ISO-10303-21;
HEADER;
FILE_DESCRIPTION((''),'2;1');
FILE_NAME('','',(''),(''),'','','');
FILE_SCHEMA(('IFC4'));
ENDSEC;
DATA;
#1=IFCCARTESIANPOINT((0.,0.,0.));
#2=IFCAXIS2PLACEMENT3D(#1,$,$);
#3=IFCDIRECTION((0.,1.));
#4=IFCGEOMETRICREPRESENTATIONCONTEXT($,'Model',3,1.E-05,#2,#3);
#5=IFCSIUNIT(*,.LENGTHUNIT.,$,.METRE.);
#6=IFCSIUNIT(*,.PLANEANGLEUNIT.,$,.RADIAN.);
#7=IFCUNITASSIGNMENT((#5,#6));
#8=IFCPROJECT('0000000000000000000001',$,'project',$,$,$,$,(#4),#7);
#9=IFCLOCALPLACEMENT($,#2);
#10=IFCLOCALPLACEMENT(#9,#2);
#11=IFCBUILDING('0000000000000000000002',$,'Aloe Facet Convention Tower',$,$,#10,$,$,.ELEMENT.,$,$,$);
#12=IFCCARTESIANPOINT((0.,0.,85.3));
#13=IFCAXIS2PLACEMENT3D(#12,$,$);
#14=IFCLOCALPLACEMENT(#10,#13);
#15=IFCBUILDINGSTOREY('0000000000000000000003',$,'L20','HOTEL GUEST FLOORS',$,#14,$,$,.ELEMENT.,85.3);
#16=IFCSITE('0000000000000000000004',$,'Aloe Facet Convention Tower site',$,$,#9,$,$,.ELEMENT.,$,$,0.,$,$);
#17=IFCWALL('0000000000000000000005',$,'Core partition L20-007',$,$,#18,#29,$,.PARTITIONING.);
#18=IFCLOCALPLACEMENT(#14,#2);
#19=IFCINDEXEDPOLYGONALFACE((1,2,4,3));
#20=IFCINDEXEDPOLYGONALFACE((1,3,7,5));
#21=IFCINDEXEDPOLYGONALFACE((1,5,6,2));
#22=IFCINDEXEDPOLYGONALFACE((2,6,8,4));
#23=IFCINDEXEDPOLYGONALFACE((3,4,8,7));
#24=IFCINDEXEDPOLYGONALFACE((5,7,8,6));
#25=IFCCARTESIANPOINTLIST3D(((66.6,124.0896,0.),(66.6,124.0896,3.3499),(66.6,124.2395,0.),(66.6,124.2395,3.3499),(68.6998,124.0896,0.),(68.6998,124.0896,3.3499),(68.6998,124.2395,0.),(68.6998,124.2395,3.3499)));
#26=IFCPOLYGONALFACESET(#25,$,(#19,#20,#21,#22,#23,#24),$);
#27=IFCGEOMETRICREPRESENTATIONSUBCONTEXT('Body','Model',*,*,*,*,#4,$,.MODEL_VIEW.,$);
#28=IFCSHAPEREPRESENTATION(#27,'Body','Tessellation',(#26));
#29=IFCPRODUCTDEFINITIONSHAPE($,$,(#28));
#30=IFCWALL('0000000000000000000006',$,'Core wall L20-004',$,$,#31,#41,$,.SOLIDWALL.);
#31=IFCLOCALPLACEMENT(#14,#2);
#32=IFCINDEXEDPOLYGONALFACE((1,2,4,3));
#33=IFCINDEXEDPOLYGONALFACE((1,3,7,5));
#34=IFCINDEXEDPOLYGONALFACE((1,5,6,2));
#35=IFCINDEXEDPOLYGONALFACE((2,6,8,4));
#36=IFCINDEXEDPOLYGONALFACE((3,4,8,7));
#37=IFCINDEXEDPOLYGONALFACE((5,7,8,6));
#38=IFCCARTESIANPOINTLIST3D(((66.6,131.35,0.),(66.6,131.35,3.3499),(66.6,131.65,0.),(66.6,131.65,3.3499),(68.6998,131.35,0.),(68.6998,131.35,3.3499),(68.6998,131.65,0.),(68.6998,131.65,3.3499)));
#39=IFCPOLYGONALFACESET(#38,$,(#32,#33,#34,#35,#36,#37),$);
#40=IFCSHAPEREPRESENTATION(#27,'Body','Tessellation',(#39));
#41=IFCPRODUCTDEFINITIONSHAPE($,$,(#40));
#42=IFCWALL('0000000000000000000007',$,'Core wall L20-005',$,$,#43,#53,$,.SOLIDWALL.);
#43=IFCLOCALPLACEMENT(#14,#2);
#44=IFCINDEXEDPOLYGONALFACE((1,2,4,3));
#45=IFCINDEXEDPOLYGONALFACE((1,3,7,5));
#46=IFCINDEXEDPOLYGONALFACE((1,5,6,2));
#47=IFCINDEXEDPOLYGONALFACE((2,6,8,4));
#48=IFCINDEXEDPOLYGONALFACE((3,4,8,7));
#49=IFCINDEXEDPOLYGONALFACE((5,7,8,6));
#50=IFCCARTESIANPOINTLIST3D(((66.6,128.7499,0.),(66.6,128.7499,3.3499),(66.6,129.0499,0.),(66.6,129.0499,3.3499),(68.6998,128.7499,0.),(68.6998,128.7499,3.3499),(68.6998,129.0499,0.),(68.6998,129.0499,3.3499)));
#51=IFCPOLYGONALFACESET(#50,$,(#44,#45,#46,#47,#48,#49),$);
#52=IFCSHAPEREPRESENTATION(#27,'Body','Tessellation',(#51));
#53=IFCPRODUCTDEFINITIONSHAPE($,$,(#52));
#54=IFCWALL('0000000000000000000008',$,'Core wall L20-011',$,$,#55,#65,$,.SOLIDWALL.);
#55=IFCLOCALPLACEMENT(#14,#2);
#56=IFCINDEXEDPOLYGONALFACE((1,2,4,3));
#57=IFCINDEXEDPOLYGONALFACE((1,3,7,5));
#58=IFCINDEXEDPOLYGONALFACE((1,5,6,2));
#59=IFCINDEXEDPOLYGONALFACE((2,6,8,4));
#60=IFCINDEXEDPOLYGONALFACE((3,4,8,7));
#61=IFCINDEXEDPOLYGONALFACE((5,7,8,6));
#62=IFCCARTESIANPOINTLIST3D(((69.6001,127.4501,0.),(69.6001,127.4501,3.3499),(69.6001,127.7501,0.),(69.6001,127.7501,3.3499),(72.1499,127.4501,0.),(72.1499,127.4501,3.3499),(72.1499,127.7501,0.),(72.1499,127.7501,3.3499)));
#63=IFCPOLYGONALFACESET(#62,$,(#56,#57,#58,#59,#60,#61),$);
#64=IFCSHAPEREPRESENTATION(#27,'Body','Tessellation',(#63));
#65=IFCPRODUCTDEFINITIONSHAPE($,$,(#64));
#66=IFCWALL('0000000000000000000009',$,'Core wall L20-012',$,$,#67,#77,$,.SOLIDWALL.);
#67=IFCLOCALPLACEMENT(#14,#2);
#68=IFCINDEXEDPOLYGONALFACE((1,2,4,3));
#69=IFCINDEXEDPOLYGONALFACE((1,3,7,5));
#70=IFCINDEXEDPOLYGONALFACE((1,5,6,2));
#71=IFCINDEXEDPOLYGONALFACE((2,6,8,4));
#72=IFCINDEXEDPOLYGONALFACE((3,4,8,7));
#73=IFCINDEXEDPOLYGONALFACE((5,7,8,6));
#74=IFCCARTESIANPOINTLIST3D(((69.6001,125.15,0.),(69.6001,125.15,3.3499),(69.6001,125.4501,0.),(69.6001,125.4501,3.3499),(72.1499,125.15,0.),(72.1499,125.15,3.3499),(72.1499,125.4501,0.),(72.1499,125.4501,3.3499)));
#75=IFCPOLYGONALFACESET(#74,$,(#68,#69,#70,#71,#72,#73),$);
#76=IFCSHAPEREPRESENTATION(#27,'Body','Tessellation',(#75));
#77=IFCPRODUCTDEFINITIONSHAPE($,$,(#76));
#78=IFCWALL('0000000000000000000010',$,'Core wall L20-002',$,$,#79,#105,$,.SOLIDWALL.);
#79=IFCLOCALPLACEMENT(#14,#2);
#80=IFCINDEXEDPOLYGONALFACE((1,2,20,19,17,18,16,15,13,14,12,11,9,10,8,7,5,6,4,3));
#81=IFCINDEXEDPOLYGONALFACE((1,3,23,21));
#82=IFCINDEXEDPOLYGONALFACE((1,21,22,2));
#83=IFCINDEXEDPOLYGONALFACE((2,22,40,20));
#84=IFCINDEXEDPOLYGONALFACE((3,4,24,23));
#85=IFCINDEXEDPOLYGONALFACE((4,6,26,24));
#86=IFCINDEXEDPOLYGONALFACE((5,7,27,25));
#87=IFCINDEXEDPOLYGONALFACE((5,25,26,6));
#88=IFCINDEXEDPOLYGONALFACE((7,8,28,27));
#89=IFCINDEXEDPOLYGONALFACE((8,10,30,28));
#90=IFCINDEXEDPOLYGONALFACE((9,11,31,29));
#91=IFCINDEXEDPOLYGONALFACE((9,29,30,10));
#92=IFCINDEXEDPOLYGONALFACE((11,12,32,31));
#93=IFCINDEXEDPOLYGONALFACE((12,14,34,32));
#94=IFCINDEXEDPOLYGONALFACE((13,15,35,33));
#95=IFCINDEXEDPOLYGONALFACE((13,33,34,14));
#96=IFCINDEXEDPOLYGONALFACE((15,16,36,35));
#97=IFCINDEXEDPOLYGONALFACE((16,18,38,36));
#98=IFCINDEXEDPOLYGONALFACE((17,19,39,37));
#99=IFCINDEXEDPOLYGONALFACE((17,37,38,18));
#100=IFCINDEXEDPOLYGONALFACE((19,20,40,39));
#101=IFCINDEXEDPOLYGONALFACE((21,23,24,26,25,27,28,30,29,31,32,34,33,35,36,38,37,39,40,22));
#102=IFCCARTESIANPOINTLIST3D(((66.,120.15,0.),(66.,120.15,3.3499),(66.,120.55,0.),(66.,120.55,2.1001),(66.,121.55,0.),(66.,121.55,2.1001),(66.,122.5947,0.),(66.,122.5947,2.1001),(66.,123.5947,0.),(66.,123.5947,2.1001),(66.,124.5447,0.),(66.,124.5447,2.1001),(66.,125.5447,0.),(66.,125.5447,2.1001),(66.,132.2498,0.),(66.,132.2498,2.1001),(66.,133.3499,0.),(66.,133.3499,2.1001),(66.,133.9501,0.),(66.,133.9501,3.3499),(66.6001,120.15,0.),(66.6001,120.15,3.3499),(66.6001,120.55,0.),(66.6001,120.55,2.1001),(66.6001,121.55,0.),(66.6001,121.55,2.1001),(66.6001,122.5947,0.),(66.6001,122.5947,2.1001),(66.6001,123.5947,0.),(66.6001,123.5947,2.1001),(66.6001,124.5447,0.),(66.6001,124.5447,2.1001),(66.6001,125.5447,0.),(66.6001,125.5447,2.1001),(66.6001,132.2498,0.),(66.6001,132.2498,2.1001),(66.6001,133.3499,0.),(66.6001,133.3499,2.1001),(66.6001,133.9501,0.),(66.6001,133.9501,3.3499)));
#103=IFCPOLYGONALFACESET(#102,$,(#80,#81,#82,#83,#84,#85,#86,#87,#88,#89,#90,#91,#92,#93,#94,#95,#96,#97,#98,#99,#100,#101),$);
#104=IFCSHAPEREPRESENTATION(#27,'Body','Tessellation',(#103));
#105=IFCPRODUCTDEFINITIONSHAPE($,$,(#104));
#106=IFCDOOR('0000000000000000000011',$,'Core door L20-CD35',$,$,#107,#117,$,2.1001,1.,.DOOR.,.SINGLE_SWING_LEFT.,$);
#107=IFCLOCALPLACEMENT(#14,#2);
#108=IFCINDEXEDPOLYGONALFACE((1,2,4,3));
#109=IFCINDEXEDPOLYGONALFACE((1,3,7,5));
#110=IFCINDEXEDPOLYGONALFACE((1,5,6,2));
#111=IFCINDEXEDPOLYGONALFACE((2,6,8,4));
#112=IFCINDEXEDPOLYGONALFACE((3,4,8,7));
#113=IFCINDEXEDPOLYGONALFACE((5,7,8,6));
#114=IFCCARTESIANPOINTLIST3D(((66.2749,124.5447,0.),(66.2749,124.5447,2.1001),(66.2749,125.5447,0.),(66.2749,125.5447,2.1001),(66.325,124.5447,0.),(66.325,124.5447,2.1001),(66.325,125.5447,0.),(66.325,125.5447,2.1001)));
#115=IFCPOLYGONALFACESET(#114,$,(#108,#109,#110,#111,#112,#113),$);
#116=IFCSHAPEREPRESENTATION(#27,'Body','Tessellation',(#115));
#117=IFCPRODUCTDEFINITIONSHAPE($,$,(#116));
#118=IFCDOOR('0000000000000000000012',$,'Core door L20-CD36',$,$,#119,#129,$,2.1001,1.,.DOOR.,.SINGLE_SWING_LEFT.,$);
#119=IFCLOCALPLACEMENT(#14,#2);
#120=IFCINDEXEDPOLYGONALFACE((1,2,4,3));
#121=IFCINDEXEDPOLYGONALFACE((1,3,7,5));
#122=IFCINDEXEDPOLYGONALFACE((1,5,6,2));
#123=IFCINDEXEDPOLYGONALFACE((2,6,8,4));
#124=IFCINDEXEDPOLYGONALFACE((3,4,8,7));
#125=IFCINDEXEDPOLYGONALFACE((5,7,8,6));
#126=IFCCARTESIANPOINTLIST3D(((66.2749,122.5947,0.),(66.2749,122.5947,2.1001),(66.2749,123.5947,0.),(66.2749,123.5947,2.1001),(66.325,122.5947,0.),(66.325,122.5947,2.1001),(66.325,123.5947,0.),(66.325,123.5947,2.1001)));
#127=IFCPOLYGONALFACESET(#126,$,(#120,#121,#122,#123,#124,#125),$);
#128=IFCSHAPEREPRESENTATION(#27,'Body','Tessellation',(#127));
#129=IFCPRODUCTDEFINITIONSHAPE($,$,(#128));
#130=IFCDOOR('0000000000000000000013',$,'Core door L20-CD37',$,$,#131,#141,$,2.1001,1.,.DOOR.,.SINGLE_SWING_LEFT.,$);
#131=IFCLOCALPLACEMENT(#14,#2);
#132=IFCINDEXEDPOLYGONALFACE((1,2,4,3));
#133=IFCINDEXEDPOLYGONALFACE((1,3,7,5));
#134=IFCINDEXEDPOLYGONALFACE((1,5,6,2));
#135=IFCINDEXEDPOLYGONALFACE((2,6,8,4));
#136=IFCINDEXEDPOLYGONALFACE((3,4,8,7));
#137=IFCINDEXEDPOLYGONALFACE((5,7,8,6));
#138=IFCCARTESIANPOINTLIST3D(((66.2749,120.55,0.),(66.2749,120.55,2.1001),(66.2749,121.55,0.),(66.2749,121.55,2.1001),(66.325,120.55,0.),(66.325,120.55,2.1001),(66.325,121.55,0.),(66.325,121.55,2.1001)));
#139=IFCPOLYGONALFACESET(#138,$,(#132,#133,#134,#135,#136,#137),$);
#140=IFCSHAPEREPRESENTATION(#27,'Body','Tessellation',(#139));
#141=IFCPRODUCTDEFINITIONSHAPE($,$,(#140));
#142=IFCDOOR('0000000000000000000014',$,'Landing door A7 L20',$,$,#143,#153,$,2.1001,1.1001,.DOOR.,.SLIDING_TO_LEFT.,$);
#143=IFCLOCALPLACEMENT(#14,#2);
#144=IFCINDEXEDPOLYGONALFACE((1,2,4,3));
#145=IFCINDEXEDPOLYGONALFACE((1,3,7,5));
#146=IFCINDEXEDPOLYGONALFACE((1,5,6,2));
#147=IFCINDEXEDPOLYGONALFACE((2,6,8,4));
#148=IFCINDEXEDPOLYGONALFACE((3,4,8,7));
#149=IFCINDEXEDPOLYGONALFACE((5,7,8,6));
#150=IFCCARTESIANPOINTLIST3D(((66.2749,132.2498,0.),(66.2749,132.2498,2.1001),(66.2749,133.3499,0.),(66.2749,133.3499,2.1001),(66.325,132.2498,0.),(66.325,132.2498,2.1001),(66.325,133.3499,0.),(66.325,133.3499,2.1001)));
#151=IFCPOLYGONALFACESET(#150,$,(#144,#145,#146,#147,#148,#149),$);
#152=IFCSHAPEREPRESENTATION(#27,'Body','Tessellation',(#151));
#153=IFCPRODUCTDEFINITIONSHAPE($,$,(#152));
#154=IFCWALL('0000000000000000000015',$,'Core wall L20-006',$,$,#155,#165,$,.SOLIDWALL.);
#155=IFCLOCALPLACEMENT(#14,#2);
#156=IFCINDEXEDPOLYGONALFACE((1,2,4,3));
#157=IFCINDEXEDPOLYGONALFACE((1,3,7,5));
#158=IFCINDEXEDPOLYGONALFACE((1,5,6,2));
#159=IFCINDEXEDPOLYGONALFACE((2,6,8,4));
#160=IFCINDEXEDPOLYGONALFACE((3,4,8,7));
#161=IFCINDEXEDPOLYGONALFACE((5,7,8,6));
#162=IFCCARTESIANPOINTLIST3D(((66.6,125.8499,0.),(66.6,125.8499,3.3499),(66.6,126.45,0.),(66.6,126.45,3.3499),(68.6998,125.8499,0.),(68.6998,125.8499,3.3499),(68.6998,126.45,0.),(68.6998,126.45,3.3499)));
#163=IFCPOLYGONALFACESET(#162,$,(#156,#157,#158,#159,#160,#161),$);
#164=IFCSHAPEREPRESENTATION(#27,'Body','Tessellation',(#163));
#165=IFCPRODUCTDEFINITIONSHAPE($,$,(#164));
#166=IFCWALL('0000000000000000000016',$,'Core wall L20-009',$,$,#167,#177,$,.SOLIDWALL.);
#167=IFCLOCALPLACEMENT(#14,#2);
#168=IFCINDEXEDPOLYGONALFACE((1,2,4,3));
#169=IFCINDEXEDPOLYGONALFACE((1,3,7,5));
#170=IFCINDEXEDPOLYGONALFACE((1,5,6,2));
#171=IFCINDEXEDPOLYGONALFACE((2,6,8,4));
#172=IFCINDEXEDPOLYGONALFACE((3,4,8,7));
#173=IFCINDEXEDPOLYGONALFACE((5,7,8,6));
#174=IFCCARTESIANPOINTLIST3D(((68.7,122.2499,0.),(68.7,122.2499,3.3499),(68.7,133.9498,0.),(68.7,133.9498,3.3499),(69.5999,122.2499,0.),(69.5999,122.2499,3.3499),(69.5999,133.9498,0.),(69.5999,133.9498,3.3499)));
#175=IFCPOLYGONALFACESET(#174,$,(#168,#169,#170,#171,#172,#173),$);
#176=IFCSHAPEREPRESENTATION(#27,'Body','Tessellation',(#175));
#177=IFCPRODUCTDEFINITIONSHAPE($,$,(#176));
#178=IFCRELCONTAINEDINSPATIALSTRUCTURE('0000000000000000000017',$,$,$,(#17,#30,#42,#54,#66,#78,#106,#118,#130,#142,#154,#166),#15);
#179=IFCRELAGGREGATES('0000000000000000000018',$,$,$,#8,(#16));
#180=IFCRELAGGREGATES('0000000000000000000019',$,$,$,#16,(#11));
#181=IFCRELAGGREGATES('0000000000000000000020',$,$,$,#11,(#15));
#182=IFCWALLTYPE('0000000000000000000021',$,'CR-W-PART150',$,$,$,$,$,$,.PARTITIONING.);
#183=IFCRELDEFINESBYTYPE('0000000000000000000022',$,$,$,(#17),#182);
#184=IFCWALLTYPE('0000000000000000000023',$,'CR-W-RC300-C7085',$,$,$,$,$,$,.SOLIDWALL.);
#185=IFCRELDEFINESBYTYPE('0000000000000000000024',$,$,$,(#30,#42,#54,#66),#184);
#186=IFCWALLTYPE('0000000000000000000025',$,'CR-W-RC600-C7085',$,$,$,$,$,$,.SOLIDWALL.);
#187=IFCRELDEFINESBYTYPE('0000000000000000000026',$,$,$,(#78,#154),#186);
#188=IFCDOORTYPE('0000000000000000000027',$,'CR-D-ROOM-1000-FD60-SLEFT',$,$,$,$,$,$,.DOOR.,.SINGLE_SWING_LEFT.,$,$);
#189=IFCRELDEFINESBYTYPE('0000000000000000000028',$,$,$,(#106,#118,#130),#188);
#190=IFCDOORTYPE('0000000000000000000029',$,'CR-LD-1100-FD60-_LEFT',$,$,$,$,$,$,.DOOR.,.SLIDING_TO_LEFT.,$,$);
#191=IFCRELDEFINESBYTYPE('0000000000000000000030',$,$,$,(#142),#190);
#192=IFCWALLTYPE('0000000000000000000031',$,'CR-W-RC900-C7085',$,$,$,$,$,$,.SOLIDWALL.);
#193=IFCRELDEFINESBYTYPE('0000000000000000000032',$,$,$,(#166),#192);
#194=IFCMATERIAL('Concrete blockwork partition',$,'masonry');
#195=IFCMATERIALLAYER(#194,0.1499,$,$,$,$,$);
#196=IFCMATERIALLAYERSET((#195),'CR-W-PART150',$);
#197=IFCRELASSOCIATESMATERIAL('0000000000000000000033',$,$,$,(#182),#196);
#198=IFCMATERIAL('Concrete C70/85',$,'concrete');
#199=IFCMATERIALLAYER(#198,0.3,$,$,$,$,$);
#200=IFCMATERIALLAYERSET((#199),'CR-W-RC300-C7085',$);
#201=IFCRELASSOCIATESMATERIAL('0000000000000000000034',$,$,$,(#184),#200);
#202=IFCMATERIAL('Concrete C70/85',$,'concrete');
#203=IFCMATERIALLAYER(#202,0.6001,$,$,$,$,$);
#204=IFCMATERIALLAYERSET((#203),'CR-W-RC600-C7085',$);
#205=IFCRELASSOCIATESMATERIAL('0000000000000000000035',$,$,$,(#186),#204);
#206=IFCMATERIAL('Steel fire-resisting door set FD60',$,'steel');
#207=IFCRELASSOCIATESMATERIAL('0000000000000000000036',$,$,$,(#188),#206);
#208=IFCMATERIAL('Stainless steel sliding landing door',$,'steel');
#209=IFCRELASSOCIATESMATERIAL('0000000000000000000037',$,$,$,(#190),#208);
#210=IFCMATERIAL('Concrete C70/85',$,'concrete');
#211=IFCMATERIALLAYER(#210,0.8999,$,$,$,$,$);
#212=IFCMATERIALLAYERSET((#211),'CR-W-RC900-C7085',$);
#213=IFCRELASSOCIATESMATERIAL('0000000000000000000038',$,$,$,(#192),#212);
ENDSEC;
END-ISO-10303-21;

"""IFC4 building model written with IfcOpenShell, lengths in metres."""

from ifc_helpers import new_model, si_unit, direction, frame, frame_2d, origin, place, context, subcontext, project, spatial, rectangle, extrude, material, layer, layer_set, type_object, element, fill, save


model = new_model("IFC4")

# Units and contexts
model_context = context("Model", 3, precision=1e-05, world=origin(), true_north=direction((0.0, 1.0)))
body_context = subcontext(model_context, "Body", "Model", "MODEL_VIEW")
ifc_project = project(units=[si_unit("LENGTHUNIT", "METRE"), si_unit("PLANEANGLEUNIT", "RADIAN")], contexts=[model_context])

# Site, building, storey
site_placement = place(None, origin())
site = spatial("IfcSite", under=ifc_project, at=site_placement, Name="Aloe Facet Convention Tower site", CompositionType="ELEMENT", RefElevation=0.0)
building_placement = place(site_placement, origin())
building = spatial("IfcBuilding", under=site, at=building_placement, Name="Aloe Facet Convention Tower", CompositionType="ELEMENT")
storey_placement = place(building_placement, frame((0.0, 0.0, 85.3)))
storey = spatial("IfcBuildingStorey", under=building, at=storey_placement, Name="L20", Description="HOTEL GUEST FLOORS", CompositionType="ELEMENT", Elevation=85.3)

# Walls
ifc_material_1 = material(Name="Concrete blockwork partition", Category="masonry")
ifc_layer_1 = layer(ifc_material_1, 0.1499)
ifc_layer_set_1 = layer_set([ifc_layer_1], Name="CR-W-PART150")
wall_type_1 = type_object("IfcWallType", Name="CR-W-PART150", PredefinedType="PARTITIONING", material=ifc_layer_set_1)
wall_1_placement = place(storey_placement, frame((66.6001, 124.1646, 0.0), z_axis=(0.0, 0.0, 1.0), x_axis=(1.0, 0.0, 0.0)))
element("IfcWall", 1, at=wall_1_placement, inside=storey, type_object=wall_type_1, Name="Core partition L20-007", PredefinedType="PARTITIONING", context=body_context, shape_type="SweptSolid", body=[
    extrude(rectangle(XDim=2.0999, YDim=0.1499, at=frame_2d((1.0498, 0.0))), origin(), (0.0, 0.0, 1.0), 3.3499),
])
ifc_material_2 = material(Name="Concrete C70/85", Category="concrete")
ifc_layer_2 = layer(ifc_material_2, 0.3)
ifc_layer_set_2 = layer_set([ifc_layer_2], Name="CR-W-RC300-C7085")
wall_type_2 = type_object("IfcWallType", Name="CR-W-RC300-C7085", PredefinedType="SOLIDWALL", material=ifc_layer_set_2)
for number, where, z_axis, x_axis, name in (
    (2, (66.6001, 131.5, 0.0), (0.0, 0.0, 1.0), (1.0, 0.0, 0.0), "Core wall L20-004"),
    (3, (66.6001, 128.8999, 0.0), (0.0, 0.0, 1.0), (1.0, 0.0, 0.0), "Core wall L20-005"),
):
    element("IfcWall", number, at=place(storey_placement, frame(where, z_axis=z_axis, x_axis=x_axis)), inside=storey, type_object=wall_type_2, Name=name, PredefinedType="SOLIDWALL", context=body_context, shape_type="SweptSolid", body=[
        extrude(rectangle(XDim=2.0999, YDim=0.3, at=frame_2d((1.0498, 0.0))), origin(), (0.0, 0.0, 1.0), 3.3499),
    ])
for number, where, z_axis, x_axis, name in (
    (4, (69.6001, 127.6001, 0.0), (0.0, 0.0, 1.0), (1.0, 0.0, 0.0), "Core wall L20-011"),
    (5, (69.6001, 125.3, 0.0), (0.0, 0.0, 1.0), (1.0, 0.0, 0.0), "Core wall L20-012"),
):
    element("IfcWall", number, at=place(storey_placement, frame(where, z_axis=z_axis, x_axis=x_axis)), inside=storey, type_object=wall_type_2, Name=name, PredefinedType="SOLIDWALL", context=body_context, shape_type="SweptSolid", body=[
        extrude(rectangle(XDim=2.5498, YDim=0.3, at=frame_2d((1.2749, 0.0))), origin(), (0.0, 0.0, 1.0), 3.3499),
    ])

# Wall, openings, doors
ifc_material_3 = material(Name="Concrete C70/85", Category="concrete")
ifc_layer_3 = layer(ifc_material_3, 0.6001)
ifc_layer_set_3 = layer_set([ifc_layer_3], Name="CR-W-RC600-C7085")
wall_type_3 = type_object("IfcWallType", Name="CR-W-RC600-C7085", PredefinedType="SOLIDWALL", material=ifc_layer_set_3)
wall_2_placement = place(storey_placement, frame((66.3, 133.95, 0.0), z_axis=(0.0, 0.0, 1.0), x_axis=(0.0, -1.0, 0.0)))
wall_2 = element("IfcWall", 6, at=wall_2_placement, inside=storey, type_object=wall_type_3, Name="Core wall L20-002", PredefinedType="SOLIDWALL", context=body_context, shape_type="SweptSolid", body=[
    extrude(rectangle(XDim=13.8, YDim=0.6001, at=frame_2d((6.8999, 0.0))), origin(), (0.0, 0.0, 1.0), 3.3499),
])
opening_1_placement = place(wall_2_placement, frame((0.6001, 0.0, 0.0)))
opening_1 = element("IfcOpeningElement", 7, at=opening_1_placement, cuts=wall_2, PredefinedType="OPENING", context=body_context, shape_type="SweptSolid", body=[
    extrude(rectangle(XDim=1.1001, YDim=2.1001, at=frame_2d((0.55, 1.05))), frame((0.0, 0.3101, 0.0), z_axis=(0.0, -1.0, 0.0), x_axis=(1.0, 0.0, 0.0)), (0.0, 0.0, 1.0), 0.6201),
])
opening_2_placement = place(wall_2_placement, frame((8.4053, 0.0, 0.0)))
opening_2 = element("IfcOpeningElement", 8, at=opening_2_placement, cuts=wall_2, PredefinedType="OPENING", context=body_context, shape_type="SweptSolid", body=[
    extrude(rectangle(XDim=1.0, YDim=2.1001, at=frame_2d((0.5, 1.05))), frame((0.0, 0.3101, 0.0), z_axis=(0.0, -1.0, 0.0), x_axis=(1.0, 0.0, 0.0)), (0.0, 0.0, 1.0), 0.6201),
])
opening_3_placement = place(wall_2_placement, frame((10.3552, 0.0, 0.0)))
opening_3 = element("IfcOpeningElement", 9, at=opening_3_placement, cuts=wall_2, PredefinedType="OPENING", context=body_context, shape_type="SweptSolid", body=[
    extrude(rectangle(XDim=1.0, YDim=2.1001, at=frame_2d((0.5, 1.05))), frame((0.0, 0.3101, 0.0), z_axis=(0.0, -1.0, 0.0), x_axis=(1.0, 0.0, 0.0)), (0.0, 0.0, 1.0), 0.6201),
])
opening_4_placement = place(wall_2_placement, frame((12.3999, 0.0, 0.0)))
opening_4 = element("IfcOpeningElement", 10, at=opening_4_placement, cuts=wall_2, PredefinedType="OPENING", context=body_context, shape_type="SweptSolid", body=[
    extrude(rectangle(XDim=1.0, YDim=2.1001, at=frame_2d((0.5, 1.05))), frame((0.0, 0.3101, 0.0), z_axis=(0.0, -1.0, 0.0), x_axis=(1.0, 0.0, 0.0)), (0.0, 0.0, 1.0), 0.6201),
])
ifc_material_4 = material(Name="Steel fire-resisting door set FD60", Category="steel")
door_type_1 = type_object("IfcDoorType", Name="CR-D-ROOM-1000-FD60-SLEFT", OperationType="SINGLE_SWING_LEFT", PredefinedType="DOOR", material=ifc_material_4)
door_1_placement = place(opening_2_placement, origin())
door_1 = element("IfcDoor", 11, at=door_1_placement, inside=storey, type_object=door_type_1, Name="Core door L20-CD35", OperationType="SINGLE_SWING_LEFT", OverallHeight=2.1001, OverallWidth=1.0, PredefinedType="DOOR", context=body_context, shape_type="SweptSolid", body=[
    extrude(rectangle(XDim=1.0, YDim=2.1001, at=frame_2d((0.5, 1.05))), frame((0.0, 0.0249, 0.0), z_axis=(0.0, -1.0, 0.0), x_axis=(1.0, 0.0, 0.0)), (0.0, 0.0, 1.0), 0.05),
])
fill(opening_2, door_1)
door_2_placement = place(opening_3_placement, origin())
door_2 = element("IfcDoor", 12, at=door_2_placement, inside=storey, type_object=door_type_1, Name="Core door L20-CD36", OperationType="SINGLE_SWING_LEFT", OverallHeight=2.1001, OverallWidth=1.0, PredefinedType="DOOR", context=body_context, shape_type="SweptSolid", body=[
    extrude(rectangle(XDim=1.0, YDim=2.1001, at=frame_2d((0.5, 1.05))), frame((0.0, 0.0249, 0.0), z_axis=(0.0, -1.0, 0.0), x_axis=(1.0, 0.0, 0.0)), (0.0, 0.0, 1.0), 0.05),
])
fill(opening_3, door_2)
door_3_placement = place(opening_4_placement, origin())
door_3 = element("IfcDoor", 13, at=door_3_placement, inside=storey, type_object=door_type_1, Name="Core door L20-CD37", OperationType="SINGLE_SWING_LEFT", OverallHeight=2.1001, OverallWidth=1.0, PredefinedType="DOOR", context=body_context, shape_type="SweptSolid", body=[
    extrude(rectangle(XDim=1.0, YDim=2.1001, at=frame_2d((0.5, 1.05))), frame((0.0, 0.0249, 0.0), z_axis=(0.0, -1.0, 0.0), x_axis=(1.0, 0.0, 0.0)), (0.0, 0.0, 1.0), 0.05),
])
fill(opening_4, door_3)
ifc_material_5 = material(Name="Stainless steel sliding landing door", Category="steel")
door_type_2 = type_object("IfcDoorType", Name="CR-LD-1100-FD60-_LEFT", OperationType="SLIDING_TO_LEFT", PredefinedType="DOOR", material=ifc_material_5)
door_4_placement = place(opening_1_placement, origin())
door_4 = element("IfcDoor", 14, at=door_4_placement, inside=storey, type_object=door_type_2, Name="Landing door A7 L20", OperationType="SLIDING_TO_LEFT", OverallHeight=2.1001, OverallWidth=1.1001, PredefinedType="DOOR", context=body_context, shape_type="SweptSolid", body=[
    extrude(rectangle(XDim=1.1001, YDim=2.1001, at=frame_2d((0.55, 1.05))), frame((0.0, 0.0249, 0.0), z_axis=(0.0, -1.0, 0.0), x_axis=(1.0, 0.0, 0.0)), (0.0, 0.0, 1.0), 0.05),
])
fill(opening_1, door_4)

# Walls
wall_3_placement = place(storey_placement, frame((66.6001, 126.1499, 0.0), z_axis=(0.0, 0.0, 1.0), x_axis=(1.0, 0.0, 0.0)))
element("IfcWall", 15, at=wall_3_placement, inside=storey, type_object=wall_type_3, Name="Core wall L20-006", PredefinedType="SOLIDWALL", context=body_context, shape_type="SweptSolid", body=[
    extrude(rectangle(XDim=2.0999, YDim=0.6001, at=frame_2d((1.0498, 0.0))), origin(), (0.0, 0.0, 1.0), 3.3499),
])
ifc_material_6 = material(Name="Concrete C70/85", Category="concrete")
ifc_layer_4 = layer(ifc_material_6, 0.8999)
ifc_layer_set_4 = layer_set([ifc_layer_4], Name="CR-W-RC900-C7085")
wall_type_4 = type_object("IfcWallType", Name="CR-W-RC900-C7085", PredefinedType="SOLIDWALL", material=ifc_layer_set_4)
wall_4_placement = place(storey_placement, frame((69.1499, 133.95, 0.0), z_axis=(0.0, 0.0, 1.0), x_axis=(0.0, -1.0, 0.0)))
element("IfcWall", 16, at=wall_4_placement, inside=storey, type_object=wall_type_4, Name="Core wall L20-009", PredefinedType="SOLIDWALL", context=body_context, shape_type="SweptSolid", body=[
    extrude(rectangle(XDim=11.7, YDim=0.8999, at=frame_2d((5.8501, 0.0))), origin(), (0.0, 0.0, 1.0), 3.3499),
])

save(model, "model.ifc")
